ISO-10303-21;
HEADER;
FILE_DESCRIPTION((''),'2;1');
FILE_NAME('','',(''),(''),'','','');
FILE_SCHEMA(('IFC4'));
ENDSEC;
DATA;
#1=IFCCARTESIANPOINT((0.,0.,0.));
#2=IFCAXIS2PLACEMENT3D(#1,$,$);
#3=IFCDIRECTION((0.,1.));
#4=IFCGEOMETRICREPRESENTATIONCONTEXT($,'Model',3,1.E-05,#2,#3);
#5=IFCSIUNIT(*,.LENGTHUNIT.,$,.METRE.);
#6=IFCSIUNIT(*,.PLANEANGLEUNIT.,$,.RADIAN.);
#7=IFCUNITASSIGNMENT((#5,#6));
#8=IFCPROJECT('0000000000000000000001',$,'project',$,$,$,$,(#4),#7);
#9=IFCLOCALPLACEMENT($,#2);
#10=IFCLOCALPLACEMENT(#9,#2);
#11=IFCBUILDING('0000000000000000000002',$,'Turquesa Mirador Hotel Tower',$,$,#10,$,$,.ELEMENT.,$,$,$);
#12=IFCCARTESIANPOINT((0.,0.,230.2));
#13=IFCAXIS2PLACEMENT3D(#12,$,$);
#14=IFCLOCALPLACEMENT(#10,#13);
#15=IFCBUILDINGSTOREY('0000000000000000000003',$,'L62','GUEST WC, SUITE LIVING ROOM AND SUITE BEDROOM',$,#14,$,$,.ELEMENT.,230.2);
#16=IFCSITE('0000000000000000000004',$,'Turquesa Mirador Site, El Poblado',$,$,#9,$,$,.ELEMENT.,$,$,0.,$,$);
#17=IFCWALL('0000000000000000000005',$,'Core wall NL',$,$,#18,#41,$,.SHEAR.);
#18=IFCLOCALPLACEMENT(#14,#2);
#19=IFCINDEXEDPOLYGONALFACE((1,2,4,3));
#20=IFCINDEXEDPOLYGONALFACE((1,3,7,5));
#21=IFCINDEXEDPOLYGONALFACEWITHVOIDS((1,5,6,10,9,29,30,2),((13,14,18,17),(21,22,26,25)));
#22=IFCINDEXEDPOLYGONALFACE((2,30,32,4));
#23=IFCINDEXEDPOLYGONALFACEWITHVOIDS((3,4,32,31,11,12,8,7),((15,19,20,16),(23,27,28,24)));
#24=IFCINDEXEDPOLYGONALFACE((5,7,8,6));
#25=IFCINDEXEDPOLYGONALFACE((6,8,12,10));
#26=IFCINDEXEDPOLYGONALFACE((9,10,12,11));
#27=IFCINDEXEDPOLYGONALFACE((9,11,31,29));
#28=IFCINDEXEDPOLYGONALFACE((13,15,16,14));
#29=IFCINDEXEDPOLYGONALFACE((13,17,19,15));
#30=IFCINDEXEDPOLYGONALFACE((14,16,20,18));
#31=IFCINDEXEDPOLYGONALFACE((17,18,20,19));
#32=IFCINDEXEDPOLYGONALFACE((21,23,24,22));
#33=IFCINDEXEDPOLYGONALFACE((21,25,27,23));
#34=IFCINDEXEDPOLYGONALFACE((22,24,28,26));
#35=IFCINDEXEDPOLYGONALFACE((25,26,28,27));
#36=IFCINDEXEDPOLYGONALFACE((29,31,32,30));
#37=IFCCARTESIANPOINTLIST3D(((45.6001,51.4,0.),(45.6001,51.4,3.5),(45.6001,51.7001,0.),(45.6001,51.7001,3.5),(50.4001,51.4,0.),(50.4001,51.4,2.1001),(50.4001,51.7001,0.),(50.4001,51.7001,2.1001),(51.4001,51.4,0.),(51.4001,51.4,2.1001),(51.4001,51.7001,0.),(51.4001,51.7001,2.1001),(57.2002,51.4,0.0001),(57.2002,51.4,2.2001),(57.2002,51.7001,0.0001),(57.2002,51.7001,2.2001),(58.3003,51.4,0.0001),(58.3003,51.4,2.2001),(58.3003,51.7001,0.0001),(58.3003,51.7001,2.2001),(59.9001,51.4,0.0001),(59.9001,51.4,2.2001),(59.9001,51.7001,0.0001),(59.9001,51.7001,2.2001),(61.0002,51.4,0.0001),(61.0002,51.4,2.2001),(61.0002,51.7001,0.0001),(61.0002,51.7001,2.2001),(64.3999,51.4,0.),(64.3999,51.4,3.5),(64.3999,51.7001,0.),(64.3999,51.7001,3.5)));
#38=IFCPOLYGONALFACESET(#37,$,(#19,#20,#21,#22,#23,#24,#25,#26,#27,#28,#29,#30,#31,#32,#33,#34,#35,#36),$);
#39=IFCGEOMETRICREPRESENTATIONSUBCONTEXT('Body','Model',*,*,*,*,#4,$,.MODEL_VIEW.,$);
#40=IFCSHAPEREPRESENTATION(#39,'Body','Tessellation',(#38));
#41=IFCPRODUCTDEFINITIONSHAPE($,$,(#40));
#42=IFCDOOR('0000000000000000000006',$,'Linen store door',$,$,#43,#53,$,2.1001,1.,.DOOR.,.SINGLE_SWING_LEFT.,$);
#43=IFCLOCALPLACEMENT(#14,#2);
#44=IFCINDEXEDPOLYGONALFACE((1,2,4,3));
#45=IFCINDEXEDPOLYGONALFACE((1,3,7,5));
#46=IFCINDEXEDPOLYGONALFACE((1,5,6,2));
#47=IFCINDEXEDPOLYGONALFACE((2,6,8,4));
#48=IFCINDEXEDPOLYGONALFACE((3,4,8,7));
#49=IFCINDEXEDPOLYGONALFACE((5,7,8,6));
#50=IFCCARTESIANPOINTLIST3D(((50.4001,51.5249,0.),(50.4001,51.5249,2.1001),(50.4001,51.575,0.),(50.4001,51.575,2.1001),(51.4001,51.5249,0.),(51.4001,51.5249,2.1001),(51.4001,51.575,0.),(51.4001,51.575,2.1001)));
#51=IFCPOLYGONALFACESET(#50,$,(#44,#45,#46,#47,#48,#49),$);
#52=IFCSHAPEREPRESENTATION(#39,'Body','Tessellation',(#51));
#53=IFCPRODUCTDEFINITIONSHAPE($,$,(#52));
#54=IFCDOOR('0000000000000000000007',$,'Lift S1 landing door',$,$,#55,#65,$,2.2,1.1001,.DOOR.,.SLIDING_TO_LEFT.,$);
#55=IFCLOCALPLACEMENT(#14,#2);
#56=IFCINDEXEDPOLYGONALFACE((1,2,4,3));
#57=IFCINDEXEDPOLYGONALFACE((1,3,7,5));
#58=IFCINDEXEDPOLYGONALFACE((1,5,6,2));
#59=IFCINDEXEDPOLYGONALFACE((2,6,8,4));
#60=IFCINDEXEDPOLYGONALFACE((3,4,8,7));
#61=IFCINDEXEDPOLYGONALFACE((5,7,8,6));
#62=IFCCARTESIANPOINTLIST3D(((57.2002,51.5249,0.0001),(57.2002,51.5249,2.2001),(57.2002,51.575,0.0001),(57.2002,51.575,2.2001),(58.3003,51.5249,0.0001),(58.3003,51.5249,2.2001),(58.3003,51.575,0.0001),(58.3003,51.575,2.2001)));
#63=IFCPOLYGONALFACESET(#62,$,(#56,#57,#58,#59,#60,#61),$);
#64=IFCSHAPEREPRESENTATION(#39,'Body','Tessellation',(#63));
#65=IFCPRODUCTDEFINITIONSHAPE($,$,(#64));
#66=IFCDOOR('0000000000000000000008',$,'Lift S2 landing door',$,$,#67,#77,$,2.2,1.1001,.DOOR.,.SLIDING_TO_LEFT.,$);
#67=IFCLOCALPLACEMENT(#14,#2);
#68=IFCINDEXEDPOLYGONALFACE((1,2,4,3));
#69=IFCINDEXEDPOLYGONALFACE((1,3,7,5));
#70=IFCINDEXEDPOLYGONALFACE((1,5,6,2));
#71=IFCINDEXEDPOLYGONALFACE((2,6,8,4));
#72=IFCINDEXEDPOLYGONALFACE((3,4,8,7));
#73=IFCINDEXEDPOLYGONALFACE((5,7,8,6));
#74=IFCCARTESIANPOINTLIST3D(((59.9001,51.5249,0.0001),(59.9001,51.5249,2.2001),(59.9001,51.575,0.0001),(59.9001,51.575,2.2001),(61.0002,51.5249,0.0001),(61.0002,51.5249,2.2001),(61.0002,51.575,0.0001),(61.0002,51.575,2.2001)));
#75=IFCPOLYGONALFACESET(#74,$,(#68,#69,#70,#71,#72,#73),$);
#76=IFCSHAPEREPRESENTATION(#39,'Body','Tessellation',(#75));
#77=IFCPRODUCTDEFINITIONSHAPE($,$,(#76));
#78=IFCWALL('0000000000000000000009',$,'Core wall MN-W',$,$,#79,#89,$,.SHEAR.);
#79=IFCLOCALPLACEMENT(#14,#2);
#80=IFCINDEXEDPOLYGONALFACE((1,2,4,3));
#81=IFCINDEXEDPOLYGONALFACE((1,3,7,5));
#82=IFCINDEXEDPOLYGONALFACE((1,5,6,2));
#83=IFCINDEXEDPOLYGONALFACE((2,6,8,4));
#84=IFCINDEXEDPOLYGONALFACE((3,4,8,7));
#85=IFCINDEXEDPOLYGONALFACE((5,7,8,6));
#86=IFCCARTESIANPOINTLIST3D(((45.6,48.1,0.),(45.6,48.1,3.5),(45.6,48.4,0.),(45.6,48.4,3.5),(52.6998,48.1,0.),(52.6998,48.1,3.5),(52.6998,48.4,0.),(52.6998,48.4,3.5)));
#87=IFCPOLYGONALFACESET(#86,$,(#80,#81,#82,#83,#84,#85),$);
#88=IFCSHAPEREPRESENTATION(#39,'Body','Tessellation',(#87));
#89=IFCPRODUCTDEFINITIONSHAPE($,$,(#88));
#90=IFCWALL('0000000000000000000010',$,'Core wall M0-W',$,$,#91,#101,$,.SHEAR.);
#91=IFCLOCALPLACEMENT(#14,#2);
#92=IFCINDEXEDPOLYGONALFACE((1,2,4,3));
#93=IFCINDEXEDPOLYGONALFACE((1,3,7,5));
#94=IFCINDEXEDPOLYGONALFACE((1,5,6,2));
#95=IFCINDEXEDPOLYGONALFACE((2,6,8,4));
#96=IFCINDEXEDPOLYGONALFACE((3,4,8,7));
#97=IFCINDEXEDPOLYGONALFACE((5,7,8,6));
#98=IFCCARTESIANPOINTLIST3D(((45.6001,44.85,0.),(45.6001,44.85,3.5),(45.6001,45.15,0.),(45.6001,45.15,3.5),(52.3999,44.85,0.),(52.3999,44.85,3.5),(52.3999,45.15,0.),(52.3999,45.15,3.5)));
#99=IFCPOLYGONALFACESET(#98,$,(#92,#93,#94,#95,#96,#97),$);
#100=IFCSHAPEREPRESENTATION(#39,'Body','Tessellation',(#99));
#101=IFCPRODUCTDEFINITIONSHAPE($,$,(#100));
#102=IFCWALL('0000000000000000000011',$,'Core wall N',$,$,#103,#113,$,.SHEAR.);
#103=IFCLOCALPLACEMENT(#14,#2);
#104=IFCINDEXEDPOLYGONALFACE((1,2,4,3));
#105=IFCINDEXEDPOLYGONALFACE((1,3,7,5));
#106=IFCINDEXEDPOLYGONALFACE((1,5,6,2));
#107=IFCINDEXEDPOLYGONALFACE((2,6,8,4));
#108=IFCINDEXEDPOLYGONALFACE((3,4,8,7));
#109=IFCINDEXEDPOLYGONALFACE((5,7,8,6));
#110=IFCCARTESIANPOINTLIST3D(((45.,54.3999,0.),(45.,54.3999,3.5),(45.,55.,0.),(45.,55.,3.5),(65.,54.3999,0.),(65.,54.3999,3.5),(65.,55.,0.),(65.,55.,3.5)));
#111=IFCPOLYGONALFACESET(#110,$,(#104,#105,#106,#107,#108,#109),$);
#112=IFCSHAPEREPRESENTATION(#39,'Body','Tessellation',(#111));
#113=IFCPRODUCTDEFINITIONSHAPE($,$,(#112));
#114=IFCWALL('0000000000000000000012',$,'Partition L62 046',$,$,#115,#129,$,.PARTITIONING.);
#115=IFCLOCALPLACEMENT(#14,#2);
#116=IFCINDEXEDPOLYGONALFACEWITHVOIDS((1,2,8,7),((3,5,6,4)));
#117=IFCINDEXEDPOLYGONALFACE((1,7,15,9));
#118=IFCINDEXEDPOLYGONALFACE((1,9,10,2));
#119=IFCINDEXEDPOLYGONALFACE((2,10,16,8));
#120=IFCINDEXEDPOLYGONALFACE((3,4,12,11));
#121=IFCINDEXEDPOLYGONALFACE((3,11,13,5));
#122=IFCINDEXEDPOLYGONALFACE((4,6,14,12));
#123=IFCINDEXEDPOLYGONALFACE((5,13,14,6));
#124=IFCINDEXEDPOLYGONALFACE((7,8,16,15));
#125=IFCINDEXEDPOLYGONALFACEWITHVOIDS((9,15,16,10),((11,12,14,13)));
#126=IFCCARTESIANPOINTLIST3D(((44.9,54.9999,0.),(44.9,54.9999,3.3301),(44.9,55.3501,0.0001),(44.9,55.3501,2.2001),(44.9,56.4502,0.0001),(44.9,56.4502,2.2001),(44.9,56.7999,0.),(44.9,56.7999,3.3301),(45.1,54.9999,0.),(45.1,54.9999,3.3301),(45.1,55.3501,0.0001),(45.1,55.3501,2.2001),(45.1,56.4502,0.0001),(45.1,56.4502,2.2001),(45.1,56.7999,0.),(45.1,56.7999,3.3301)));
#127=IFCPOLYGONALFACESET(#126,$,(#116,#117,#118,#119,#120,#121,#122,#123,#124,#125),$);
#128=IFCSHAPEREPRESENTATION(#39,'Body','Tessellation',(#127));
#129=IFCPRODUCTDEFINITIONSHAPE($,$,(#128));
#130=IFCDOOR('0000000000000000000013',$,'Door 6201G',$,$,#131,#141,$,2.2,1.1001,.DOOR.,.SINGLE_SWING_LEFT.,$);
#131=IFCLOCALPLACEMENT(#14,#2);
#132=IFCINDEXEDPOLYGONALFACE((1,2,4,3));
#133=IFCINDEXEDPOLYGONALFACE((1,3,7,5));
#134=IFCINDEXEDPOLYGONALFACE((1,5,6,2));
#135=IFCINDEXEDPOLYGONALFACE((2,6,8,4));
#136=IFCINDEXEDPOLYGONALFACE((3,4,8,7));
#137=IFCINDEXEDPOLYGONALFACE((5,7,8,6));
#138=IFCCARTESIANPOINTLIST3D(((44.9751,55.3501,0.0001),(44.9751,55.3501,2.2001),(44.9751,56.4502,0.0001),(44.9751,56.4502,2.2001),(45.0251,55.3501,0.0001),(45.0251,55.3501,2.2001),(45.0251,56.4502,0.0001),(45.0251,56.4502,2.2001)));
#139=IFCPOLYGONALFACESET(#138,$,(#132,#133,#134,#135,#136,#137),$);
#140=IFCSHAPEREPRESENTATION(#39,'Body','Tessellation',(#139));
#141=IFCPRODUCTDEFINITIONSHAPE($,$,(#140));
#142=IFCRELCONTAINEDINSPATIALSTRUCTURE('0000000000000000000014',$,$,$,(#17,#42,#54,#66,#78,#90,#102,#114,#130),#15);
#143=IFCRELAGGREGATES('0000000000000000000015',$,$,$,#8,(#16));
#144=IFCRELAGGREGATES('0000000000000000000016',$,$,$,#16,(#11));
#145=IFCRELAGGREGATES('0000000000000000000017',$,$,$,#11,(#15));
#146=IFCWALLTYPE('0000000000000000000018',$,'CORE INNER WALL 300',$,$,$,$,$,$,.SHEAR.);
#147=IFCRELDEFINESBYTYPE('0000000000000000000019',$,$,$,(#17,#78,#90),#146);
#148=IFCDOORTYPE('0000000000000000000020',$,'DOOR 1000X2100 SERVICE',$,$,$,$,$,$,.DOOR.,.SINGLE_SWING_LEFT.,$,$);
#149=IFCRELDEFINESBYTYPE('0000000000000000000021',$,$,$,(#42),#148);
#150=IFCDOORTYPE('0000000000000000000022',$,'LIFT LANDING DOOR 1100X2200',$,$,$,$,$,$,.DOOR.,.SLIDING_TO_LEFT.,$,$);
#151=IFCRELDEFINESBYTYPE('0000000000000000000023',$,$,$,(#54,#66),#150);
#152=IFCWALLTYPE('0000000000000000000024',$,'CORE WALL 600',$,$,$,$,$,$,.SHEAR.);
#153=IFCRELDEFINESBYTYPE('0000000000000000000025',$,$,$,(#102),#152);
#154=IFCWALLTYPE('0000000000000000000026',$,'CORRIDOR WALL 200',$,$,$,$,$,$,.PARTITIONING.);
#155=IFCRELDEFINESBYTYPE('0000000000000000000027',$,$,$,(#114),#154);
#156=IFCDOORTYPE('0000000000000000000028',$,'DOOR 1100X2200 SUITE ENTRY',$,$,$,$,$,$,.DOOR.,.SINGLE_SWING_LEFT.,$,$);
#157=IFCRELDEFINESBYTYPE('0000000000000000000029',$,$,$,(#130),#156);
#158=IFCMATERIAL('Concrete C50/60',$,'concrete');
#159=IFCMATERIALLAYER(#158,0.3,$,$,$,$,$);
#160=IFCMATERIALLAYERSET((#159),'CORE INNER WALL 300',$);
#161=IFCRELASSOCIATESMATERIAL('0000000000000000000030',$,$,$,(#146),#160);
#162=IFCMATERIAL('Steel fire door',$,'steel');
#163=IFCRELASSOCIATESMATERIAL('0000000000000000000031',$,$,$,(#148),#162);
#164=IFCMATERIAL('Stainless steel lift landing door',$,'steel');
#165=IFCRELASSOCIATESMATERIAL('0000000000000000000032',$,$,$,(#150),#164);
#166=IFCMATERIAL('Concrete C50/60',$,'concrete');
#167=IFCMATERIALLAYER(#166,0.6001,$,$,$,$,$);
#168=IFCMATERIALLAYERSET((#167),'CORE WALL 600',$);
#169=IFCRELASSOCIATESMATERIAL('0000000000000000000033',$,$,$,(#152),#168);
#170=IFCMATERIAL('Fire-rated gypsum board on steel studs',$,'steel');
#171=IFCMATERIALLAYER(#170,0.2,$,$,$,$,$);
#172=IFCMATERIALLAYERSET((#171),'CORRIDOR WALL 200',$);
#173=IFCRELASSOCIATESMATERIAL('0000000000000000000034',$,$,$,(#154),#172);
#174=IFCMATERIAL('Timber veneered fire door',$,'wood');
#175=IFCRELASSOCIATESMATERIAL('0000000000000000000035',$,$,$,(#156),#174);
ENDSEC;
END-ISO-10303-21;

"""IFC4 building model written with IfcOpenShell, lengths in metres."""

from ifc_helpers import new_model, si_unit, direction, frame, frame_2d, origin, place, context, subcontext, project, spatial, rectangle, extrude, material, layer, layer_set, type_object, element, fill, save


model = new_model("IFC4")

# Units and contexts
model_context = context("Model", 3, precision=1e-05, world=origin(), true_north=direction((0.0, 1.0)))
body_context = subcontext(model_context, "Body", "Model", "MODEL_VIEW")
ifc_project = project(units=[si_unit("LENGTHUNIT", "METRE"), si_unit("PLANEANGLEUNIT", "RADIAN")], contexts=[model_context])

# Site, building, storey
site_placement = place(None, origin())
site = spatial("IfcSite", under=ifc_project, at=site_placement, Name="Turquesa Mirador Site, El Poblado", CompositionType="ELEMENT", RefElevation=0.0)
building_placement = place(site_placement, origin())
building = spatial("IfcBuilding", under=site, at=building_placement, Name="Turquesa Mirador Hotel Tower", CompositionType="ELEMENT")
storey_placement = place(building_placement, frame((0.0, 0.0, 230.2)))
storey = spatial("IfcBuildingStorey", under=building, at=storey_placement, Name="L62", Description="GUEST WC, SUITE LIVING ROOM AND SUITE BEDROOM", CompositionType="ELEMENT", Elevation=230.2)

# Wall, openings, doors
ifc_material_1 = material(Name="Concrete C50/60", Category="concrete")
ifc_layer_1 = layer(ifc_material_1, 0.3)
ifc_layer_set_1 = layer_set([ifc_layer_1], Name="CORE INNER WALL 300")
wall_type_1 = type_object("IfcWallType", Name="CORE INNER WALL 300", PredefinedType="SHEAR", material=ifc_layer_set_1)
wall_1_placement = place(storey_placement, frame((45.6001, 51.55, 0.0), z_axis=(0.0, 0.0, 1.0), x_axis=(1.0, 0.0, 0.0)))
wall_1 = element("IfcWall", 1, at=wall_1_placement, inside=storey, type_object=wall_type_1, Name="Core wall NL", PredefinedType="SHEAR", context=body_context, shape_type="SweptSolid", body=[
    extrude(rectangle(XDim=18.7998, YDim=0.3, at=frame_2d((9.3999, 0.0))), origin(), (0.0, 0.0, 1.0), 3.5),
])
opening_1_placement = place(wall_1_placement, frame((4.8, 0.0, 0.0)))
opening_1 = element("IfcOpeningElement", 2, at=opening_1_placement, cuts=wall_1, PredefinedType="OPENING", context=body_context, shape_type="SweptSolid", body=[
    extrude(rectangle(XDim=1.0, YDim=2.1001, at=frame_2d((0.5, 1.05))), frame((0.0, 0.1599, 0.0), z_axis=(0.0, -1.0, 0.0), x_axis=(1.0, 0.0, 0.0)), (0.0, 0.0, 1.0), 0.3201),
])
opening_2_placement = place(wall_1_placement, frame((11.6001, 0.0, 0.0)))
opening_2 = element("IfcOpeningElement", 3, at=opening_2_placement, cuts=wall_1, PredefinedType="OPENING", context=body_context, shape_type="SweptSolid", body=[
    extrude(rectangle(XDim=1.1001, YDim=2.2, at=frame_2d((0.55, 1.1001))), frame((0.0, 0.1599, 0.0), z_axis=(0.0, -1.0, 0.0), x_axis=(1.0, 0.0, 0.0)), (0.0, 0.0, 1.0), 0.3201),
])
opening_3_placement = place(wall_1_placement, frame((14.3, 0.0, 0.0)))
opening_3 = element("IfcOpeningElement", 4, at=opening_3_placement, cuts=wall_1, PredefinedType="OPENING", context=body_context, shape_type="SweptSolid", body=[
    extrude(rectangle(XDim=1.1001, YDim=2.2, at=frame_2d((0.55, 1.1001))), frame((0.0, 0.1599, 0.0), z_axis=(0.0, -1.0, 0.0), x_axis=(1.0, 0.0, 0.0)), (0.0, 0.0, 1.0), 0.3201),
])
ifc_material_2 = material(Name="Steel fire door", Category="steel")
door_type_1 = type_object("IfcDoorType", Name="DOOR 1000X2100 SERVICE", OperationType="SINGLE_SWING_LEFT", PredefinedType="DOOR", material=ifc_material_2)
door_1_placement = place(opening_1_placement, origin())
door_1 = element("IfcDoor", 5, at=door_1_placement, inside=storey, type_object=door_type_1, Name="Linen store door", OperationType="SINGLE_SWING_LEFT", OverallHeight=2.1001, OverallWidth=1.0, PredefinedType="DOOR", context=body_context, shape_type="SweptSolid", body=[
    extrude(rectangle(XDim=1.0, YDim=2.1001, at=frame_2d((0.5, 1.05))), frame((0.0, 0.0249, 0.0), z_axis=(0.0, -1.0, 0.0), x_axis=(1.0, 0.0, 0.0)), (0.0, 0.0, 1.0), 0.05),
])
fill(opening_1, door_1)
ifc_material_3 = material(Name="Stainless steel lift landing door", Category="steel")
door_type_2 = type_object("IfcDoorType", Name="LIFT LANDING DOOR 1100X2200", OperationType="SLIDING_TO_LEFT", PredefinedType="DOOR", material=ifc_material_3)
door_2_placement = place(opening_2_placement, origin())
door_2 = element("IfcDoor", 6, at=door_2_placement, inside=storey, type_object=door_type_2, Name="Lift S1 landing door", OperationType="SLIDING_TO_LEFT", OverallHeight=2.2, OverallWidth=1.1001, PredefinedType="DOOR", context=body_context, shape_type="SweptSolid", body=[
    extrude(rectangle(XDim=1.1001, YDim=2.2, at=frame_2d((0.55, 1.1001))), frame((0.0, 0.0249, 0.0), z_axis=(0.0, -1.0, 0.0), x_axis=(1.0, 0.0, 0.0)), (0.0, 0.0, 1.0), 0.05),
])
fill(opening_2, door_2)
door_3_placement = place(opening_3_placement, origin())
door_3 = element("IfcDoor", 7, at=door_3_placement, inside=storey, type_object=door_type_2, Name="Lift S2 landing door", OperationType="SLIDING_TO_LEFT", OverallHeight=2.2, OverallWidth=1.1001, PredefinedType="DOOR", context=body_context, shape_type="SweptSolid", body=[
    extrude(rectangle(XDim=1.1001, YDim=2.2, at=frame_2d((0.55, 1.1001))), frame((0.0, 0.0249, 0.0), z_axis=(0.0, -1.0, 0.0), x_axis=(1.0, 0.0, 0.0)), (0.0, 0.0, 1.0), 0.05),
])
fill(opening_3, door_3)

# Walls
wall_2_placement = place(storey_placement, frame((45.6001, 48.25, 0.0), z_axis=(0.0, 0.0, 1.0), x_axis=(1.0, 0.0, 0.0)))
element("IfcWall", 8, at=wall_2_placement, inside=storey, type_object=wall_type_1, Name="Core wall MN-W", PredefinedType="SHEAR", context=body_context, shape_type="SweptSolid", body=[
    extrude(rectangle(XDim=7.0999, YDim=0.3, at=frame_2d((3.5498, 0.0))), origin(), (0.0, 0.0, 1.0), 3.5),
])
wall_3_placement = place(storey_placement, frame((45.6001, 45.0, 0.0), z_axis=(0.0, 0.0, 1.0), x_axis=(1.0, 0.0, 0.0)))
element("IfcWall", 9, at=wall_3_placement, inside=storey, type_object=wall_type_1, Name="Core wall M0-W", PredefinedType="SHEAR", context=body_context, shape_type="SweptSolid", body=[
    extrude(rectangle(XDim=6.7998, YDim=0.3, at=frame_2d((3.3999, 0.0))), origin(), (0.0, 0.0, 1.0), 3.5),
])
ifc_material_4 = material(Name="Concrete C50/60", Category="concrete")
ifc_layer_2 = layer(ifc_material_4, 0.6001)
ifc_layer_set_2 = layer_set([ifc_layer_2], Name="CORE WALL 600")
wall_type_2 = type_object("IfcWallType", Name="CORE WALL 600", PredefinedType="SHEAR", material=ifc_layer_set_2)
wall_4_placement = place(storey_placement, frame((45.0, 54.7, 0.0), z_axis=(0.0, 0.0, 1.0), x_axis=(1.0, 0.0, 0.0)))
element("IfcWall", 10, at=wall_4_placement, inside=storey, type_object=wall_type_2, Name="Core wall N", PredefinedType="SHEAR", context=body_context, shape_type="SweptSolid", body=[
    extrude(rectangle(XDim=20.0, YDim=0.6001, at=frame_2d((10.0, 0.0))), origin(), (0.0, 0.0, 1.0), 3.5),
])

# Wall, opening, door
ifc_material_5 = material(Name="Fire-rated gypsum board on steel studs", Category="steel")
ifc_layer_3 = layer(ifc_material_5, 0.2)
ifc_layer_set_3 = layer_set([ifc_layer_3], Name="CORRIDOR WALL 200")
wall_type_3 = type_object("IfcWallType", Name="CORRIDOR WALL 200", PredefinedType="PARTITIONING", material=ifc_layer_set_3)
wall_5_placement = place(storey_placement, frame((45.0, 55.0, 0.0), z_axis=(0.0, 0.0, 1.0), x_axis=(0.0, 1.0, 0.0)))
wall_5 = element("IfcWall", 11, at=wall_5_placement, inside=storey, type_object=wall_type_3, Name="Partition L62 046", PredefinedType="PARTITIONING", context=body_context, shape_type="SweptSolid", body=[
    extrude(rectangle(XDim=1.8, YDim=0.2, at=frame_2d((0.8999, 0.0))), origin(), (0.0, 0.0, 1.0), 3.3301),
])
opening_4_placement = place(wall_5_placement, frame((0.3501, 0.0, 0.0)))
opening_4 = element("IfcOpeningElement", 12, at=opening_4_placement, cuts=wall_5, PredefinedType="OPENING", context=body_context, shape_type="SweptSolid", body=[
    extrude(rectangle(XDim=1.1001, YDim=2.2, at=frame_2d((0.55, 1.1001))), frame((0.0, 0.1099, 0.0), z_axis=(0.0, -1.0, 0.0), x_axis=(1.0, 0.0, 0.0)), (0.0, 0.0, 1.0), 0.22),
])
ifc_material_6 = material(Name="Timber veneered fire door", Category="wood")
door_type_3 = type_object("IfcDoorType", Name="DOOR 1100X2200 SUITE ENTRY", OperationType="SINGLE_SWING_LEFT", PredefinedType="DOOR", material=ifc_material_6)
door_4_placement = place(opening_4_placement, origin())
door_4 = element("IfcDoor", 13, at=door_4_placement, inside=storey, type_object=door_type_3, Name="Door 6201G", OperationType="SINGLE_SWING_LEFT", OverallHeight=2.2, OverallWidth=1.1001, PredefinedType="DOOR", context=body_context, shape_type="SweptSolid", body=[
    extrude(rectangle(XDim=1.1001, YDim=2.2, at=frame_2d((0.55, 1.1001))), frame((0.0, 0.0249, 0.0), z_axis=(0.0, -1.0, 0.0), x_axis=(1.0, 0.0, 0.0)), (0.0, 0.0, 1.0), 0.05),
])
fill(opening_4, door_4)

save(model, "model.ifc")
